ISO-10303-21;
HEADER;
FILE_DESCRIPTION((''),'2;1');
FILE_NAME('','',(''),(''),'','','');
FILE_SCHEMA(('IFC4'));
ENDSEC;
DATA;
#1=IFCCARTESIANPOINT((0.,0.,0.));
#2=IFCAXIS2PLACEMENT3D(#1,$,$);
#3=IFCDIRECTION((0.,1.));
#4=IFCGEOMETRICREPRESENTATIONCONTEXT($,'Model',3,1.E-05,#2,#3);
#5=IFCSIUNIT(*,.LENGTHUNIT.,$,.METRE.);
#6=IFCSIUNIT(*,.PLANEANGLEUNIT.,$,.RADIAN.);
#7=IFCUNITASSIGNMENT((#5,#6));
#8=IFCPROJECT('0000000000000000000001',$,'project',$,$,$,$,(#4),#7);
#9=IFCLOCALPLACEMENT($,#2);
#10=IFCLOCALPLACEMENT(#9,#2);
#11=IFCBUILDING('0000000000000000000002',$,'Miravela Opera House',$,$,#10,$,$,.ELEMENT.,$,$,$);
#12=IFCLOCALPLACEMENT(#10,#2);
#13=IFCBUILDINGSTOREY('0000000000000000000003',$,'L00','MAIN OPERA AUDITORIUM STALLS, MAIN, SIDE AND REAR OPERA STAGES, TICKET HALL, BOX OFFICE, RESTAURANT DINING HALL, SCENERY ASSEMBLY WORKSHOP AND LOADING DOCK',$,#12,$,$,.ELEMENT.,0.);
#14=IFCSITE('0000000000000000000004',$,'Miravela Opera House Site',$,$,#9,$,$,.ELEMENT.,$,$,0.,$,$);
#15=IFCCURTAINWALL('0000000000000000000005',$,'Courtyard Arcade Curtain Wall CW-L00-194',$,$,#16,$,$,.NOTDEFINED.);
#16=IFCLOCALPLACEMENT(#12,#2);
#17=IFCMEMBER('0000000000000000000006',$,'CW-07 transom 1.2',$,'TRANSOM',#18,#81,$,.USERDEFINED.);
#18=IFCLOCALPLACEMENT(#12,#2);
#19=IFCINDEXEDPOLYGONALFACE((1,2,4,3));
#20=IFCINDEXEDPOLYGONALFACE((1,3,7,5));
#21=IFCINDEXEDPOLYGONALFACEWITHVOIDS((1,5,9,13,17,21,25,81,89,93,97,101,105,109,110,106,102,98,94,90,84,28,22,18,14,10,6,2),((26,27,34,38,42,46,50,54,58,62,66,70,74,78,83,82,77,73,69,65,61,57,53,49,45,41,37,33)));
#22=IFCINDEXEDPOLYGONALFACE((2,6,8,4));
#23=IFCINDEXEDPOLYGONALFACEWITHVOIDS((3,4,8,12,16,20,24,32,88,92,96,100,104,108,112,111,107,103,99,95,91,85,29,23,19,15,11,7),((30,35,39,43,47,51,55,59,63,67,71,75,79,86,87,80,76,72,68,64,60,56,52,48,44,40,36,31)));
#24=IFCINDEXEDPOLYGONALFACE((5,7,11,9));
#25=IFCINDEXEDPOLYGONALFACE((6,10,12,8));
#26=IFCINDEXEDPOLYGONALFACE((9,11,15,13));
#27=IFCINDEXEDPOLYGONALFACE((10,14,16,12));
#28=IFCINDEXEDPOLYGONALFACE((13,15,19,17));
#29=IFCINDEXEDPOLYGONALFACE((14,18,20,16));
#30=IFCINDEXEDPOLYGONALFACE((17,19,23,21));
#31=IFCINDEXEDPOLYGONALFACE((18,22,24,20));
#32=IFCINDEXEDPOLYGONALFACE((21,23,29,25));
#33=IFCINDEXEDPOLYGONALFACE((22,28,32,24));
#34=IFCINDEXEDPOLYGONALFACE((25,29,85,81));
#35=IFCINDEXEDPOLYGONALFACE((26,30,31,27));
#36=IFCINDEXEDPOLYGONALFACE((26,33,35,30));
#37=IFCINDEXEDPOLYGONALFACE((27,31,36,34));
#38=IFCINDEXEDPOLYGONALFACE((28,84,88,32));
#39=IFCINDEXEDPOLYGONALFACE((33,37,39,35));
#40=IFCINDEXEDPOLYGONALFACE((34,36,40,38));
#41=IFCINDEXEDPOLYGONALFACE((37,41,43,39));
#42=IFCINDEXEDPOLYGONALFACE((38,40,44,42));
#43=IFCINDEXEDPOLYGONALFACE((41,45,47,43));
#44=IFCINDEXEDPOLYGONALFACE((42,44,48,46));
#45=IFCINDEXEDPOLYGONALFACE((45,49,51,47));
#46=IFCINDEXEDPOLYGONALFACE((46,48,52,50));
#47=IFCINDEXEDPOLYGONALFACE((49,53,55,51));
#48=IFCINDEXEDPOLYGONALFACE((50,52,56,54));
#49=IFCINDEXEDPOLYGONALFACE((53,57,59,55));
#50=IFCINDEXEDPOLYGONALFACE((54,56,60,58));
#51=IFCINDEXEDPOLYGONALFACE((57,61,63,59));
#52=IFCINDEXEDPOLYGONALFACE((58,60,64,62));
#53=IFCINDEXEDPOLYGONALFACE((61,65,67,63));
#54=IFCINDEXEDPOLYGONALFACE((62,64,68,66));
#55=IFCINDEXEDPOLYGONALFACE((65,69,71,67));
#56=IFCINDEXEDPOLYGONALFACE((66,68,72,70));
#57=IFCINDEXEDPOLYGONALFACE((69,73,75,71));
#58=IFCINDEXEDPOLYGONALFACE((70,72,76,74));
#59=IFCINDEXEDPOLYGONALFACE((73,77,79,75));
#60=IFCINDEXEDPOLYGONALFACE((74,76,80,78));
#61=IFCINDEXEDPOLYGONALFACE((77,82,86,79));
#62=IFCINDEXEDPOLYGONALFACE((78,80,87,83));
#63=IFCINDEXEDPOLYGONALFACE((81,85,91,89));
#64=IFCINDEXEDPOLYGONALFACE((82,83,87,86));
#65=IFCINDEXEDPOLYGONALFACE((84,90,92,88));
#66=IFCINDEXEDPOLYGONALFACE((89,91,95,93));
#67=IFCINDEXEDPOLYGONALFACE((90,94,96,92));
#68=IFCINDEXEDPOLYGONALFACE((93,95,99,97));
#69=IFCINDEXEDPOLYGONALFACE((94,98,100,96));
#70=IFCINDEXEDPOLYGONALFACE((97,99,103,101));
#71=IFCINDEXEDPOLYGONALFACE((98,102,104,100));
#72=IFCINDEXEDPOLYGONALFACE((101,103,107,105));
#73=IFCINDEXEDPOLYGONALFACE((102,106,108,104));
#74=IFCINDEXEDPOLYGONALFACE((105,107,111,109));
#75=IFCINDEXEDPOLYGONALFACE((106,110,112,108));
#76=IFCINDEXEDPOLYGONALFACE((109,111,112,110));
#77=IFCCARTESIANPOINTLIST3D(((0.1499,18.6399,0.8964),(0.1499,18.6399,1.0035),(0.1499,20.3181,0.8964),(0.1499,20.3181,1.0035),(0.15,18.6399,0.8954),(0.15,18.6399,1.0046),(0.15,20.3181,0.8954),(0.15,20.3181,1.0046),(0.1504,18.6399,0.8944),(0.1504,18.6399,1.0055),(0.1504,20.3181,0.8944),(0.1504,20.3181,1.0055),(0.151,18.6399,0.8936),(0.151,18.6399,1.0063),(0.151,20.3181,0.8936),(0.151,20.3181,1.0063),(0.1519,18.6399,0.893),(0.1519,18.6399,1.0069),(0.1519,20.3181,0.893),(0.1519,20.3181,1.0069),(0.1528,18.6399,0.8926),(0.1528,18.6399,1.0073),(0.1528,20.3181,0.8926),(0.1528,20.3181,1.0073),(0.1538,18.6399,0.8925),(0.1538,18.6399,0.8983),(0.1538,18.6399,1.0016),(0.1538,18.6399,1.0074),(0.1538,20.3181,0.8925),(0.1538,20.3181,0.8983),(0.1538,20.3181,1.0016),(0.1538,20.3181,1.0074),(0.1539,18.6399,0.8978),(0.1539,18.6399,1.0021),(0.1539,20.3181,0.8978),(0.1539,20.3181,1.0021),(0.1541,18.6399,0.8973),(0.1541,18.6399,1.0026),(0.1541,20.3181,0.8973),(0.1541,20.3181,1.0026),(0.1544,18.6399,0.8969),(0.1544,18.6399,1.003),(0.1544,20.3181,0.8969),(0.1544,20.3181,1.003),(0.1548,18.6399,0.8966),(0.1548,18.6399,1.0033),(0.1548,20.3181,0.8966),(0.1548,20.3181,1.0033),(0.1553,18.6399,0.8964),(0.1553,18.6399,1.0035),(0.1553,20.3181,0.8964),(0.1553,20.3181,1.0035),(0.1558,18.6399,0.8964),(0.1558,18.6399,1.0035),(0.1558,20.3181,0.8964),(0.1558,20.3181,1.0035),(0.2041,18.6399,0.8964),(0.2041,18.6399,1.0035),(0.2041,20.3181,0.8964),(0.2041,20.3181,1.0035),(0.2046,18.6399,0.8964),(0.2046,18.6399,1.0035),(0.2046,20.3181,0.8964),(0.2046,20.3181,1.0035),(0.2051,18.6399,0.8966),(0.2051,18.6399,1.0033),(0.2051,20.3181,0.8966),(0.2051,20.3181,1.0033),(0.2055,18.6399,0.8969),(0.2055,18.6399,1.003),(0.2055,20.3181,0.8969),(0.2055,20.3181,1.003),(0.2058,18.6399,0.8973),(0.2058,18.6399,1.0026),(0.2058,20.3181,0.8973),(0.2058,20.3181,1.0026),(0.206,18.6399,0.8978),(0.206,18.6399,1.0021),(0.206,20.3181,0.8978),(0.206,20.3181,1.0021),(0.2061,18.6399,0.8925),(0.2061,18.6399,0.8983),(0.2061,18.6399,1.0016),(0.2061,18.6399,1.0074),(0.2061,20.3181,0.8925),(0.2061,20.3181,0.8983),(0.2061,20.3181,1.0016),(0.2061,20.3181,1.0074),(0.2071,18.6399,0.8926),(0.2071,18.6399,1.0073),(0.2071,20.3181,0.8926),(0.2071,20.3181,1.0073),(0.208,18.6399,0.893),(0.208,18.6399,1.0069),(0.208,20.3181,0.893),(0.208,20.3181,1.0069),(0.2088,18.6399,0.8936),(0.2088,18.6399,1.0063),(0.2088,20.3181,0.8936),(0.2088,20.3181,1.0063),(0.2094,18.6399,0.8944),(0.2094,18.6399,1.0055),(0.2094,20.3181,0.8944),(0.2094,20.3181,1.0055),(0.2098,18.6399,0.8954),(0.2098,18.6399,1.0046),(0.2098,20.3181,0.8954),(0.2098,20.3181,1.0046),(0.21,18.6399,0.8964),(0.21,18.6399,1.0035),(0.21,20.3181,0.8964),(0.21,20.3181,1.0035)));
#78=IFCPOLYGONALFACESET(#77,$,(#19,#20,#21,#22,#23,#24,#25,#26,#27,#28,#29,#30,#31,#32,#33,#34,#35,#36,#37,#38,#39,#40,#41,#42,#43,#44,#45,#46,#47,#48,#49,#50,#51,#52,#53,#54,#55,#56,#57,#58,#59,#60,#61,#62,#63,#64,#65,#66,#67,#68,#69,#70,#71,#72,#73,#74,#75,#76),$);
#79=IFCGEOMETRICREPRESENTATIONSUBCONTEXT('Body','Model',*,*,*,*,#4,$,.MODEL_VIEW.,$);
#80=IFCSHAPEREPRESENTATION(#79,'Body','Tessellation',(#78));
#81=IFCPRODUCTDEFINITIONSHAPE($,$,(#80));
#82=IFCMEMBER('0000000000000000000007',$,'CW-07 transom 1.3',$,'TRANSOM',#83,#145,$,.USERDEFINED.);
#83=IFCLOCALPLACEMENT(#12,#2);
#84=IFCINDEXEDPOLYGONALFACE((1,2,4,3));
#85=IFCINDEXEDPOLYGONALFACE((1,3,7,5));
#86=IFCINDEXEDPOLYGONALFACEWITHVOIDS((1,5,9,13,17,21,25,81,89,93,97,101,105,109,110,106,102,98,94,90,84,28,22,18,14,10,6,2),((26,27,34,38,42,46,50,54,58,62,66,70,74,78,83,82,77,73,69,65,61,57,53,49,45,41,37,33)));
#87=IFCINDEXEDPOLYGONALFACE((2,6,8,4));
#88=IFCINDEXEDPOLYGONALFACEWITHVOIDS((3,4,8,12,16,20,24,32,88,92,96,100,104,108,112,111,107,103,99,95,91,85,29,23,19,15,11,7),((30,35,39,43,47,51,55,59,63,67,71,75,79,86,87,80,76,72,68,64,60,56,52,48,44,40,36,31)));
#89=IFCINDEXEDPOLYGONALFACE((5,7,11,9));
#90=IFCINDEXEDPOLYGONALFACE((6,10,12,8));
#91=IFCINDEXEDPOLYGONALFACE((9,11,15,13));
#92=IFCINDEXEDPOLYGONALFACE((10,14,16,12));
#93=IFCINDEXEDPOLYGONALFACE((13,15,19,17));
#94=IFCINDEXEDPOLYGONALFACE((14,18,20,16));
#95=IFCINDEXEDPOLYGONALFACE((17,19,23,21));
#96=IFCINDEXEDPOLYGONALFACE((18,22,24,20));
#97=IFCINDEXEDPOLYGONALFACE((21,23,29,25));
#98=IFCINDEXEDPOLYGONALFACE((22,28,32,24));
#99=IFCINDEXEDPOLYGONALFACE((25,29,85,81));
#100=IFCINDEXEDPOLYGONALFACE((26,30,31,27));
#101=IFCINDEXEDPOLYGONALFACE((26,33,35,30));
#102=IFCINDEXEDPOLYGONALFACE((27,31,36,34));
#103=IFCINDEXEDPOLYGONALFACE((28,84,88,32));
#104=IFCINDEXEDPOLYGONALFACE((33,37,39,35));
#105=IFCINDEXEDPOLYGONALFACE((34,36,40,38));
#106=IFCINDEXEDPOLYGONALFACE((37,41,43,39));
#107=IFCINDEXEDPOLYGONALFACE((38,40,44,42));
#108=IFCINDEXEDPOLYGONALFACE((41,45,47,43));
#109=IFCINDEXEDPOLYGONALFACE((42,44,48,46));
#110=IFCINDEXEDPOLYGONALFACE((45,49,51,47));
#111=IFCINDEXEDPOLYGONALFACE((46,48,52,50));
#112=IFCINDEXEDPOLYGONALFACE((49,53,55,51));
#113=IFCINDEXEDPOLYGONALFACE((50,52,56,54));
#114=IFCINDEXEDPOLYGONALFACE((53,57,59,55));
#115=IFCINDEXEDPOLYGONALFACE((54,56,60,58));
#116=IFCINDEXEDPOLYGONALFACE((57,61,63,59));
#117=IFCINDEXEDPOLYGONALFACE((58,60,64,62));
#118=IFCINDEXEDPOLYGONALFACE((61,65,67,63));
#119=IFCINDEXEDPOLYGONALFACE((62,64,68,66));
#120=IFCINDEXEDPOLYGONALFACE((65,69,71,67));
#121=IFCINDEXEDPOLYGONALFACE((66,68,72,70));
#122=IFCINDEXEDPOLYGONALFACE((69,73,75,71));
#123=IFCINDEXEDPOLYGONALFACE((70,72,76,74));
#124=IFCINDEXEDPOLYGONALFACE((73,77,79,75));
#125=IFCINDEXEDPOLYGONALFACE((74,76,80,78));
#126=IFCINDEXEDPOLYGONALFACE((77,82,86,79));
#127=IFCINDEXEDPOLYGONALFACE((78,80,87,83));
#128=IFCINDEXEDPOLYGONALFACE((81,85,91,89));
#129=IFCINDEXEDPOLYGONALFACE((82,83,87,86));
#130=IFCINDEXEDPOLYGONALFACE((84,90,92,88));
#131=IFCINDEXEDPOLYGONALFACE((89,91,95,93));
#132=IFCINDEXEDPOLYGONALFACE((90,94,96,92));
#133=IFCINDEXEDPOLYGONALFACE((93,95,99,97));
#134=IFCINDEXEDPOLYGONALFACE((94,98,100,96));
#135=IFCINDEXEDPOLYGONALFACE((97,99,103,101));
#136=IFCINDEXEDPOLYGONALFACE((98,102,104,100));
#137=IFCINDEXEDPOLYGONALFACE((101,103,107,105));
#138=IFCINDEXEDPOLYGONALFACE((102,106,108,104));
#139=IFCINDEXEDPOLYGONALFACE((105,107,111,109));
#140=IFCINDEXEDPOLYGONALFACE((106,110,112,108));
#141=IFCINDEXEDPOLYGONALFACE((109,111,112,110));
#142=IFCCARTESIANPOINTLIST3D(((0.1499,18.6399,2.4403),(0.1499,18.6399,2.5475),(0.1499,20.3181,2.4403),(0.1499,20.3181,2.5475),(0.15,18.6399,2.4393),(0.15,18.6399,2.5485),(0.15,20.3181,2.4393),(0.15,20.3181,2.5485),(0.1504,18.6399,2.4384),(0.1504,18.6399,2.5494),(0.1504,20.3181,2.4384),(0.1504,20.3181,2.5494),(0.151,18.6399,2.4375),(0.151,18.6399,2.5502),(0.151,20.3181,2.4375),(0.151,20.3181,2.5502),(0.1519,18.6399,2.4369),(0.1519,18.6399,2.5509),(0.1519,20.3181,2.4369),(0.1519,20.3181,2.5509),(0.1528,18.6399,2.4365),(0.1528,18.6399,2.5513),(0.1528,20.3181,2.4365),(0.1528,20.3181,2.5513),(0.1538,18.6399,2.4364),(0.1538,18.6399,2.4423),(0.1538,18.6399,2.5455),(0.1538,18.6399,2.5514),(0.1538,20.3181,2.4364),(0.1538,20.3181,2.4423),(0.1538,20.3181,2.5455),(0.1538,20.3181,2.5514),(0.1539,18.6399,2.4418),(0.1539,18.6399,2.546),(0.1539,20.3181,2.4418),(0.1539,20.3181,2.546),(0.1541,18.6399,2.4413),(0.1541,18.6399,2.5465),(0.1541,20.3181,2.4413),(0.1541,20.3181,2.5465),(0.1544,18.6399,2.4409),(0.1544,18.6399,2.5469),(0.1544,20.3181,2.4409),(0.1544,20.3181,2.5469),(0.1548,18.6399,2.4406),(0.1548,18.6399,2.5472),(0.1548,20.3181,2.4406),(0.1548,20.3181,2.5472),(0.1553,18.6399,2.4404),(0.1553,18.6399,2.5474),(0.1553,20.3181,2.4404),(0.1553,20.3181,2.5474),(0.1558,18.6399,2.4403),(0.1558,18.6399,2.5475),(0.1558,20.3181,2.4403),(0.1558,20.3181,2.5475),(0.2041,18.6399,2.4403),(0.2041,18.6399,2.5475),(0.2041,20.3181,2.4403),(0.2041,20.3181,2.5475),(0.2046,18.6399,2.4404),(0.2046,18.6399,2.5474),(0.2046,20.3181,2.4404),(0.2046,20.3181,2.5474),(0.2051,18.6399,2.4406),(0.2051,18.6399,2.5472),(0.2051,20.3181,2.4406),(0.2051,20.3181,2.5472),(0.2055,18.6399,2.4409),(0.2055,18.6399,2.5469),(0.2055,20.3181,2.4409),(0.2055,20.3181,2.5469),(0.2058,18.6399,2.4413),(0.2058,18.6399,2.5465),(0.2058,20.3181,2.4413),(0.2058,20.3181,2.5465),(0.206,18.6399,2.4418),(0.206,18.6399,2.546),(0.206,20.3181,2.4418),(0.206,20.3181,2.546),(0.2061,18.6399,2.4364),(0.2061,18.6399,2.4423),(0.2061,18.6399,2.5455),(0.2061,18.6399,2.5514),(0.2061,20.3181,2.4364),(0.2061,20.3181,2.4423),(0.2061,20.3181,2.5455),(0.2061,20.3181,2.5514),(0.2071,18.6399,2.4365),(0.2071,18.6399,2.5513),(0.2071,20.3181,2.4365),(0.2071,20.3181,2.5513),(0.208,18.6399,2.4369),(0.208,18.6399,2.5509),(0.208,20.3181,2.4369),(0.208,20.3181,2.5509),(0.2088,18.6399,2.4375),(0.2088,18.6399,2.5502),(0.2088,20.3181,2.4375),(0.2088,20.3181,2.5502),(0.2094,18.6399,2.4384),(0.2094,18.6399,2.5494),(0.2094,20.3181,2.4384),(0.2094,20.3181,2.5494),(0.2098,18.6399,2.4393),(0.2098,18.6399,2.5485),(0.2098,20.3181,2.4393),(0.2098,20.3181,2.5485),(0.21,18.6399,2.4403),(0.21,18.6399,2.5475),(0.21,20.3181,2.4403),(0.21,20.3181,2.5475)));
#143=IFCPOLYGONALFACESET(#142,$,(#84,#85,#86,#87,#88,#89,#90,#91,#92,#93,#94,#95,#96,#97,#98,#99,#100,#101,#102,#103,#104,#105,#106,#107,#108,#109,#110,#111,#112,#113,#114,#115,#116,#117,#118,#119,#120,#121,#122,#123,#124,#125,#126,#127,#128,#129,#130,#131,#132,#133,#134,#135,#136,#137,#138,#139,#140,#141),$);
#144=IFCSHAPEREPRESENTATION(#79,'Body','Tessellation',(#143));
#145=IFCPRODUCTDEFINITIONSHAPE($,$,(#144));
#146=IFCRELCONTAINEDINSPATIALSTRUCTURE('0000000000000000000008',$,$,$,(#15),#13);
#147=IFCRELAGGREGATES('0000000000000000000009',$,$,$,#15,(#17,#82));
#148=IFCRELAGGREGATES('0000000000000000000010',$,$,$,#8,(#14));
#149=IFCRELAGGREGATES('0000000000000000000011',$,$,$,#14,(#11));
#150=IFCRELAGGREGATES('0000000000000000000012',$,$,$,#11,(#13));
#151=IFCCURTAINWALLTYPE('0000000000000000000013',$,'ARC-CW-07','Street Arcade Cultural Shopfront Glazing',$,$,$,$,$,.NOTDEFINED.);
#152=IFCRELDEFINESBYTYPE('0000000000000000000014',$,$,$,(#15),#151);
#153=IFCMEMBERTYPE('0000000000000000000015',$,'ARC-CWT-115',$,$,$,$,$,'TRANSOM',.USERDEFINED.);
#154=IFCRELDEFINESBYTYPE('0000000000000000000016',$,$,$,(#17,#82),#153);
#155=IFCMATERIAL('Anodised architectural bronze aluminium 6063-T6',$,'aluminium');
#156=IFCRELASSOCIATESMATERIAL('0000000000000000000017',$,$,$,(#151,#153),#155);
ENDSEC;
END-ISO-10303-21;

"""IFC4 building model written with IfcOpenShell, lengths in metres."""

from ifc_helpers import new_model, si_unit, direction, frame, origin, origin_2d, place, context, subcontext, project, spatial, hollow_rectangle, extrude, material, material_profile, profile_set, type_object, element, aggregate, save


model = new_model("IFC4")

# Units and contexts
model_context = context("Model", 3, precision=1e-05, world=origin(), true_north=direction((0.0, 1.0)))
body_context = subcontext(model_context, "Body", "Model", "MODEL_VIEW")
ifc_project = project(units=[si_unit("LENGTHUNIT", "METRE"), si_unit("PLANEANGLEUNIT", "RADIAN")], contexts=[model_context])

# Site, building, storey
site_placement = place(None, origin())
site = spatial("IfcSite", under=ifc_project, at=site_placement, Name="Miravela Opera House Site", CompositionType="ELEMENT", RefElevation=0.0)
building_placement = place(site_placement, origin())
building = spatial("IfcBuilding", under=site, at=building_placement, Name="Miravela Opera House", CompositionType="ELEMENT")
storey_placement = place(building_placement, origin())
storey = spatial("IfcBuildingStorey", under=building, at=storey_placement, Name="L00", Description="MAIN OPERA AUDITORIUM STALLS, MAIN, SIDE AND REAR OPERA STAGES, TICKET HALL, BOX OFFICE, RESTAURANT DINING HALL, SCENERY ASSEMBLY WORKSHOP AND LOADING DOCK", CompositionType="ELEMENT", Elevation=0.0)

# Shared definitions
ifc_material_1 = material(Name="Anodised architectural bronze aluminium 6063-T6", Category="aluminium")
curtain_wall_type = type_object("IfcCurtainWallType", Name="ARC-CW-07", Description="Street Arcade Cultural Shopfront Glazing", PredefinedType="NOTDEFINED", material=ifc_material_1)

# Curtain wall, members
curtain_wall_1_placement = place(storey_placement, origin())
curtain_wall_1 = element("IfcCurtainWall", 1, at=curtain_wall_1_placement, inside=storey, type_object=curtain_wall_type, Name="Courtyard Arcade Curtain Wall CW-L00-194", PredefinedType="NOTDEFINED")
ifc_material_profile_1 = material_profile(ifc_material_1, hollow_rectangle(XDim=0.0601, YDim=0.115, WallThickness=0.0039, InnerFilletRadius=0.002, OuterFilletRadius=0.0039, at=origin_2d()), Name="CWT-60X115")
ifc_profile_set_1 = profile_set([ifc_material_profile_1])
member_type_1 = type_object("IfcMemberType", Name="ARC-CWT-115", ElementType="TRANSOM", PredefinedType="USERDEFINED", material=ifc_profile_set_1)
member_1_placement = place(storey_placement, frame((0.1799, 18.6399, 0.95), z_axis=(0.0, 1.0, 0.0), x_axis=(-1.0, 0.0, 0.0)))
member_1 = element("IfcMember", 2, at=member_1_placement, type_object=member_type_1, Name="CW-07 transom 1.2", ObjectType="TRANSOM", PredefinedType="USERDEFINED", context=body_context, shape_type="SweptSolid", body=[
    extrude(hollow_rectangle(XDim=0.0601, YDim=0.115, WallThickness=0.0039, InnerFilletRadius=0.002, OuterFilletRadius=0.0039, at=origin_2d()), origin(), (0.0, 0.0, 1.0), 1.6782),
])
member_2_placement = place(storey_placement, frame((0.1799, 18.6399, 2.4939), z_axis=(0.0, 1.0, 0.0), x_axis=(-1.0, 0.0, 0.0)))
member_2 = element("IfcMember", 3, at=member_2_placement, type_object=member_type_1, Name="CW-07 transom 1.3", ObjectType="TRANSOM", PredefinedType="USERDEFINED", context=body_context, shape_type="SweptSolid", body=[
    extrude(hollow_rectangle(XDim=0.0601, YDim=0.115, WallThickness=0.0039, InnerFilletRadius=0.002, OuterFilletRadius=0.0039, at=origin_2d()), origin(), (0.0, 0.0, 1.0), 1.6782),
])

aggregate(curtain_wall_1, [member_1, member_2])

save(model, "model.ifc")
